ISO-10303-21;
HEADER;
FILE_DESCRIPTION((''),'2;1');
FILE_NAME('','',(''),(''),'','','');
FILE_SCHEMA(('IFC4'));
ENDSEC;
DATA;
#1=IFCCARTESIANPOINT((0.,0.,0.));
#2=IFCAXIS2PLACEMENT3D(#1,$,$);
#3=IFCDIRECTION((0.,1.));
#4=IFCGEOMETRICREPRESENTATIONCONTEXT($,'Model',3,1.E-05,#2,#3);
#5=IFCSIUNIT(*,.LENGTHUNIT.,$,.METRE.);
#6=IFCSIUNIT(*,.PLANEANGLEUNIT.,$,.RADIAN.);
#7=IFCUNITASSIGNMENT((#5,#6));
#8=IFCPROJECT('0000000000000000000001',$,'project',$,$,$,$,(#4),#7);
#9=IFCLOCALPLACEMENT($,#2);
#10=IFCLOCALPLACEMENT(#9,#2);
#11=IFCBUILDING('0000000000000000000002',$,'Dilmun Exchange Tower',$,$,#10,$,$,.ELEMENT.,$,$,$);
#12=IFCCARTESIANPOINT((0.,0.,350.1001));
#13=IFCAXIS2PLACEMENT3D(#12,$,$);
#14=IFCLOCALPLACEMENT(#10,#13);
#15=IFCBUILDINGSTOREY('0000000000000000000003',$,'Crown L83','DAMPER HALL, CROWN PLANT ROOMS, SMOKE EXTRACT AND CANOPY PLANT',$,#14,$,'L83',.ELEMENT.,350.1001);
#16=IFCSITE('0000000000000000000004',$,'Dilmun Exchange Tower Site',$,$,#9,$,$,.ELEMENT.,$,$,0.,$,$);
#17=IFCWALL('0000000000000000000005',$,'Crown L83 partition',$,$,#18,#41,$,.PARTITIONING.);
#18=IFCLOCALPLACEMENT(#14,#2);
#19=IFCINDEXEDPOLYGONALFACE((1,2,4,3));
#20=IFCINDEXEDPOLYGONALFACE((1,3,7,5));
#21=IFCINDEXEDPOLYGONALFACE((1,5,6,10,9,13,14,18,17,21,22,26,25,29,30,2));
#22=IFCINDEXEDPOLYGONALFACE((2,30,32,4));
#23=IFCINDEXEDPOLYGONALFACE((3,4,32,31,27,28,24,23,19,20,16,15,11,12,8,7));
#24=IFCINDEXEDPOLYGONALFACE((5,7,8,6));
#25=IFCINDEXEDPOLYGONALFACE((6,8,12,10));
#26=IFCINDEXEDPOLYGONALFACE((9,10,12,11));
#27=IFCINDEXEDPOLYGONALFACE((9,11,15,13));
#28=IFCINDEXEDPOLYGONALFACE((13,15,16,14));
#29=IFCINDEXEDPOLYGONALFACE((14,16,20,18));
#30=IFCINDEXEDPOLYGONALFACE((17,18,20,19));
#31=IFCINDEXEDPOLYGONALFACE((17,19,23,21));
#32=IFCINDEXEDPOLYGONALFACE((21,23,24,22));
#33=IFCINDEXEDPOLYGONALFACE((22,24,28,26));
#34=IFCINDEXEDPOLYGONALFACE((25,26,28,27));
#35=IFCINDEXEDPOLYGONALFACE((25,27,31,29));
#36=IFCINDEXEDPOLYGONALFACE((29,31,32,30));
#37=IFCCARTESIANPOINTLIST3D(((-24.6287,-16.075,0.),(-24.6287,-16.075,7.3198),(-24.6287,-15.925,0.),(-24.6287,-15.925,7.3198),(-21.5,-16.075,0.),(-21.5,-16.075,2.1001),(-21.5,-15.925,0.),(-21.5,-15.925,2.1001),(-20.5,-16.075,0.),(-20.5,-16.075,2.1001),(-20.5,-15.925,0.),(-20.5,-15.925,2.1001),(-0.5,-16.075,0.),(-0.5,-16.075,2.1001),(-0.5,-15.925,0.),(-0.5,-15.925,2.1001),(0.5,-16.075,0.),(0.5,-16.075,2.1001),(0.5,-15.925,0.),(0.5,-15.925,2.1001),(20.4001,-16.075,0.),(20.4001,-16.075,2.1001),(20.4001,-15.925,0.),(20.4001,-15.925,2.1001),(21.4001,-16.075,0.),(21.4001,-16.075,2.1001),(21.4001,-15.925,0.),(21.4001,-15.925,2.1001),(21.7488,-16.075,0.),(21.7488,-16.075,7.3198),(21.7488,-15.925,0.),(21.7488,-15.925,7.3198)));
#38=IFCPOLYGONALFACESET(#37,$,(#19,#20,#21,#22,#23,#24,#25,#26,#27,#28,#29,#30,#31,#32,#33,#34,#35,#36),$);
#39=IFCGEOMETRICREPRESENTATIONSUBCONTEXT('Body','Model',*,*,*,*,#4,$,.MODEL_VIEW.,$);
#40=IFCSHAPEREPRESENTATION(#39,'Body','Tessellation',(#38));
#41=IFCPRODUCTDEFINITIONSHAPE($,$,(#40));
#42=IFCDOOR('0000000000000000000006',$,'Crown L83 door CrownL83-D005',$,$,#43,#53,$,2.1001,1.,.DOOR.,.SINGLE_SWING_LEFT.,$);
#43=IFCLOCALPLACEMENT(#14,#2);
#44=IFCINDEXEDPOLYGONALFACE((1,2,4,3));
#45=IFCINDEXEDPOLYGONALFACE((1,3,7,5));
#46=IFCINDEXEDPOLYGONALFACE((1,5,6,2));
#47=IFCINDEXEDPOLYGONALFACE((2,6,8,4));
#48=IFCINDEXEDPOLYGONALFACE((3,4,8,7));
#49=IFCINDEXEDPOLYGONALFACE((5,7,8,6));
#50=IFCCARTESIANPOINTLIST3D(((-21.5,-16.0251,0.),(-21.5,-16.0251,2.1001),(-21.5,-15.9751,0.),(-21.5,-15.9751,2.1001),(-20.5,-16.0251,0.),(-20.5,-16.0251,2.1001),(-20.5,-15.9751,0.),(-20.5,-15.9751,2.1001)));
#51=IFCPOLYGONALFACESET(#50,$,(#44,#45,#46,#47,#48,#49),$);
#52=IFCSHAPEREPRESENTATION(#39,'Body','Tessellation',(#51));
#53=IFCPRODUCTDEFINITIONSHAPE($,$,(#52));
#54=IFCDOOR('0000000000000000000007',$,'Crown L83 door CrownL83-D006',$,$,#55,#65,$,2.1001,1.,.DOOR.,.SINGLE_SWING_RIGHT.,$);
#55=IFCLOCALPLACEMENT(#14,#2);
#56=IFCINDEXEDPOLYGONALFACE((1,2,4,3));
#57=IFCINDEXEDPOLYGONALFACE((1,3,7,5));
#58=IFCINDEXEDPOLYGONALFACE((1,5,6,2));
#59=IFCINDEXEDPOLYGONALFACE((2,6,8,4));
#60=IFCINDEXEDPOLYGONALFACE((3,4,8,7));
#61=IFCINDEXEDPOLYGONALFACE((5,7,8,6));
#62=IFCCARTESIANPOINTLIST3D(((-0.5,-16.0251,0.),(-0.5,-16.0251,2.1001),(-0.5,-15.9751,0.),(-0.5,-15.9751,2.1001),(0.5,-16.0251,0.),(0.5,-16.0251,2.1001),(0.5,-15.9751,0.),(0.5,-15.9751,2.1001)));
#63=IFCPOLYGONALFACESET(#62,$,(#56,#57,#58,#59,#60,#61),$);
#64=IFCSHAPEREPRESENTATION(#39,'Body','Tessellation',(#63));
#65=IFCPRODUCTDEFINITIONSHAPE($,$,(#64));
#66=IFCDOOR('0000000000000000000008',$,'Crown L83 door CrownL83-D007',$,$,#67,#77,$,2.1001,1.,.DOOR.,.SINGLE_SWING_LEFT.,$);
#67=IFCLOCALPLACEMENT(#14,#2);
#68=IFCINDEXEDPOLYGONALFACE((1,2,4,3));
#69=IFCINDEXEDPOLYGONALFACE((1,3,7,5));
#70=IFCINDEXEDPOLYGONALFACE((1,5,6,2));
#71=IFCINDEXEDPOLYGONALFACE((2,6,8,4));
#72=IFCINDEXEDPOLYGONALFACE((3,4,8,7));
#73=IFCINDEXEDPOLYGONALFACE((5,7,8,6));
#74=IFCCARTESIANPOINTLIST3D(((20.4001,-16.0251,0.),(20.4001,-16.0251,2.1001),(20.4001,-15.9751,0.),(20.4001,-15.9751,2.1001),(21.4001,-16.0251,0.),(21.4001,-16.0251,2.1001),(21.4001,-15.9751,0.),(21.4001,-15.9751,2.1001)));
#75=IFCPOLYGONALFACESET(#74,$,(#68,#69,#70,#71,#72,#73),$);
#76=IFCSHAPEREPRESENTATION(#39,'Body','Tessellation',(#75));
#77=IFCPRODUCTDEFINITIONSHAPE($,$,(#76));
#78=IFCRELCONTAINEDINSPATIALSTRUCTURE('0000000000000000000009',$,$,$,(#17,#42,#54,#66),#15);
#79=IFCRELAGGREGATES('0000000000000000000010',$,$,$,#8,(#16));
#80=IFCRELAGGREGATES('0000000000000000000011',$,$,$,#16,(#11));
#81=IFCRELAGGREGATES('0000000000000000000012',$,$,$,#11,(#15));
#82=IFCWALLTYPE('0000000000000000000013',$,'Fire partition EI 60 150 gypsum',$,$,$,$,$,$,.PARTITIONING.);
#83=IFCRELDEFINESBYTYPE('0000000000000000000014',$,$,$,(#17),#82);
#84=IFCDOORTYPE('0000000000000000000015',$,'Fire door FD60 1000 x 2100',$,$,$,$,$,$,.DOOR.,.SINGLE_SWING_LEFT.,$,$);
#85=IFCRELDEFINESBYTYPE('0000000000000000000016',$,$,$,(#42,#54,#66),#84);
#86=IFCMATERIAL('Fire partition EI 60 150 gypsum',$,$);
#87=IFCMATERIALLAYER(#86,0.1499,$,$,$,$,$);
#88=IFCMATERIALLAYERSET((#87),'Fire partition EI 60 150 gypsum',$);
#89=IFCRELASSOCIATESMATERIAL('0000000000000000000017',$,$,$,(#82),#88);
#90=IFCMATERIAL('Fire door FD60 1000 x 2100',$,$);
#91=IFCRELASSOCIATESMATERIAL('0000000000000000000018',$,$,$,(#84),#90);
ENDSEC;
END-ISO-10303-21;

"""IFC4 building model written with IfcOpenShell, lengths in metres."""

from ifc_helpers import new_model, si_unit, direction, frame, frame_2d, origin, place, context, subcontext, project, spatial, rectangle, extrude, material, layer, layer_set, type_object, element, fill, save


model = new_model("IFC4")

# Units and contexts
model_context = context("Model", 3, precision=1e-05, world=origin(), true_north=direction((0.0, 1.0)))
body_context = subcontext(model_context, "Body", "Model", "MODEL_VIEW")
ifc_project = project(units=[si_unit("LENGTHUNIT", "METRE"), si_unit("PLANEANGLEUNIT", "RADIAN")], contexts=[model_context])

# Site, building, storey
site_placement = place(None, origin())
site = spatial("IfcSite", under=ifc_project, at=site_placement, Name="Dilmun Exchange Tower Site", CompositionType="ELEMENT", RefElevation=0.0)
building_placement = place(site_placement, origin())
building = spatial("IfcBuilding", under=site, at=building_placement, Name="Dilmun Exchange Tower", CompositionType="ELEMENT")
storey_placement = place(building_placement, frame((0.0, 0.0, 350.1001)))
storey = spatial("IfcBuildingStorey", under=building, at=storey_placement, Name="Crown L83", Description="DAMPER HALL, CROWN PLANT ROOMS, SMOKE EXTRACT AND CANOPY PLANT", LongName="L83", CompositionType="ELEMENT", Elevation=350.1001)

# Wall, openings, doors
ifc_material_1 = material(Name="Fire partition EI 60 150 gypsum")
ifc_layer_1 = layer(ifc_material_1, 0.1499)
ifc_layer_set_1 = layer_set([ifc_layer_1], Name="Fire partition EI 60 150 gypsum")
wall_type = type_object("IfcWallType", Name="Fire partition EI 60 150 gypsum", PredefinedType="PARTITIONING", material=ifc_layer_set_1)
wall_placement = place(storey_placement, frame((-24.6287, -16.0, 0.0), z_axis=(0.0, 0.0, 1.0), x_axis=(1.0, 0.0, 0.0)))
wall = element("IfcWall", 1, at=wall_placement, inside=storey, type_object=wall_type, Name="Crown L83 partition", PredefinedType="PARTITIONING", context=body_context, shape_type="SweptSolid", body=[
    extrude(rectangle(XDim=46.3774, YDim=0.1499, at=frame_2d((23.1887, 0.0))), origin(), (0.0, 0.0, 1.0), 7.3198),
])
opening_1_placement = place(wall_placement, frame((3.1287, 0.0, 0.0)))
opening_1 = element("IfcOpeningElement", 2, at=opening_1_placement, cuts=wall, PredefinedType="OPENING", context=body_context, shape_type="SweptSolid", body=[
    extrude(rectangle(XDim=1.0, YDim=2.1001, at=frame_2d((0.5, 1.05))), frame((0.0, 0.085, 0.0), z_axis=(0.0, -1.0, 0.0), x_axis=(1.0, 0.0, 0.0)), (0.0, 0.0, 1.0), 0.1699),
])
opening_2_placement = place(wall_placement, frame((24.1287, 0.0, 0.0)))
opening_2 = element("IfcOpeningElement", 3, at=opening_2_placement, cuts=wall, PredefinedType="OPENING", context=body_context, shape_type="SweptSolid", body=[
    extrude(rectangle(XDim=1.0, YDim=2.1001, at=frame_2d((0.5, 1.05))), frame((0.0, 0.085, 0.0), z_axis=(0.0, -1.0, 0.0), x_axis=(1.0, 0.0, 0.0)), (0.0, 0.0, 1.0), 0.1699),
])
opening_3_placement = place(wall_placement, frame((45.0288, 0.0, 0.0)))
opening_3 = element("IfcOpeningElement", 4, at=opening_3_placement, cuts=wall, PredefinedType="OPENING", context=body_context, shape_type="SweptSolid", body=[
    extrude(rectangle(XDim=1.0, YDim=2.1001, at=frame_2d((0.5, 1.05))), frame((0.0, 0.085, 0.0), z_axis=(0.0, -1.0, 0.0), x_axis=(1.0, 0.0, 0.0)), (0.0, 0.0, 1.0), 0.1699),
])
ifc_material_2 = material(Name="Fire door FD60 1000 x 2100")
door_type = type_object("IfcDoorType", Name="Fire door FD60 1000 x 2100", OperationType="SINGLE_SWING_LEFT", PredefinedType="DOOR", material=ifc_material_2)
door_1_placement = place(opening_1_placement, origin())
door_1 = element("IfcDoor", 5, at=door_1_placement, inside=storey, type_object=door_type, Name="Crown L83 door CrownL83-D005", OperationType="SINGLE_SWING_LEFT", OverallHeight=2.1001, OverallWidth=1.0, PredefinedType="DOOR", context=body_context, shape_type="SweptSolid", body=[
    extrude(rectangle(XDim=1.0, YDim=2.1001, at=frame_2d((0.5, 1.05))), frame((0.0, 0.0249, 0.0), z_axis=(0.0, -1.0, 0.0), x_axis=(1.0, 0.0, 0.0)), (0.0, 0.0, 1.0), 0.05),
])
fill(opening_1, door_1)
door_2_placement = place(opening_2_placement, origin())
door_2 = element("IfcDoor", 6, at=door_2_placement, inside=storey, type_object=door_type, Name="Crown L83 door CrownL83-D006", OperationType="SINGLE_SWING_RIGHT", OverallHeight=2.1001, OverallWidth=1.0, PredefinedType="DOOR", context=body_context, shape_type="SweptSolid", body=[
    extrude(rectangle(XDim=1.0, YDim=2.1001, at=frame_2d((0.5, 1.05))), frame((0.0, 0.0249, 0.0), z_axis=(0.0, -1.0, 0.0), x_axis=(1.0, 0.0, 0.0)), (0.0, 0.0, 1.0), 0.05),
])
fill(opening_2, door_2)
door_3_placement = place(opening_3_placement, origin())
door_3 = element("IfcDoor", 7, at=door_3_placement, inside=storey, type_object=door_type, Name="Crown L83 door CrownL83-D007", OperationType="SINGLE_SWING_LEFT", OverallHeight=2.1001, OverallWidth=1.0, PredefinedType="DOOR", context=body_context, shape_type="SweptSolid", body=[
    extrude(rectangle(XDim=1.0, YDim=2.1001, at=frame_2d((0.5, 1.05))), frame((0.0, 0.0249, 0.0), z_axis=(0.0, -1.0, 0.0), x_axis=(1.0, 0.0, 0.0)), (0.0, 0.0, 1.0), 0.05),
])
fill(opening_3, door_3)

save(model, "model.ifc")
